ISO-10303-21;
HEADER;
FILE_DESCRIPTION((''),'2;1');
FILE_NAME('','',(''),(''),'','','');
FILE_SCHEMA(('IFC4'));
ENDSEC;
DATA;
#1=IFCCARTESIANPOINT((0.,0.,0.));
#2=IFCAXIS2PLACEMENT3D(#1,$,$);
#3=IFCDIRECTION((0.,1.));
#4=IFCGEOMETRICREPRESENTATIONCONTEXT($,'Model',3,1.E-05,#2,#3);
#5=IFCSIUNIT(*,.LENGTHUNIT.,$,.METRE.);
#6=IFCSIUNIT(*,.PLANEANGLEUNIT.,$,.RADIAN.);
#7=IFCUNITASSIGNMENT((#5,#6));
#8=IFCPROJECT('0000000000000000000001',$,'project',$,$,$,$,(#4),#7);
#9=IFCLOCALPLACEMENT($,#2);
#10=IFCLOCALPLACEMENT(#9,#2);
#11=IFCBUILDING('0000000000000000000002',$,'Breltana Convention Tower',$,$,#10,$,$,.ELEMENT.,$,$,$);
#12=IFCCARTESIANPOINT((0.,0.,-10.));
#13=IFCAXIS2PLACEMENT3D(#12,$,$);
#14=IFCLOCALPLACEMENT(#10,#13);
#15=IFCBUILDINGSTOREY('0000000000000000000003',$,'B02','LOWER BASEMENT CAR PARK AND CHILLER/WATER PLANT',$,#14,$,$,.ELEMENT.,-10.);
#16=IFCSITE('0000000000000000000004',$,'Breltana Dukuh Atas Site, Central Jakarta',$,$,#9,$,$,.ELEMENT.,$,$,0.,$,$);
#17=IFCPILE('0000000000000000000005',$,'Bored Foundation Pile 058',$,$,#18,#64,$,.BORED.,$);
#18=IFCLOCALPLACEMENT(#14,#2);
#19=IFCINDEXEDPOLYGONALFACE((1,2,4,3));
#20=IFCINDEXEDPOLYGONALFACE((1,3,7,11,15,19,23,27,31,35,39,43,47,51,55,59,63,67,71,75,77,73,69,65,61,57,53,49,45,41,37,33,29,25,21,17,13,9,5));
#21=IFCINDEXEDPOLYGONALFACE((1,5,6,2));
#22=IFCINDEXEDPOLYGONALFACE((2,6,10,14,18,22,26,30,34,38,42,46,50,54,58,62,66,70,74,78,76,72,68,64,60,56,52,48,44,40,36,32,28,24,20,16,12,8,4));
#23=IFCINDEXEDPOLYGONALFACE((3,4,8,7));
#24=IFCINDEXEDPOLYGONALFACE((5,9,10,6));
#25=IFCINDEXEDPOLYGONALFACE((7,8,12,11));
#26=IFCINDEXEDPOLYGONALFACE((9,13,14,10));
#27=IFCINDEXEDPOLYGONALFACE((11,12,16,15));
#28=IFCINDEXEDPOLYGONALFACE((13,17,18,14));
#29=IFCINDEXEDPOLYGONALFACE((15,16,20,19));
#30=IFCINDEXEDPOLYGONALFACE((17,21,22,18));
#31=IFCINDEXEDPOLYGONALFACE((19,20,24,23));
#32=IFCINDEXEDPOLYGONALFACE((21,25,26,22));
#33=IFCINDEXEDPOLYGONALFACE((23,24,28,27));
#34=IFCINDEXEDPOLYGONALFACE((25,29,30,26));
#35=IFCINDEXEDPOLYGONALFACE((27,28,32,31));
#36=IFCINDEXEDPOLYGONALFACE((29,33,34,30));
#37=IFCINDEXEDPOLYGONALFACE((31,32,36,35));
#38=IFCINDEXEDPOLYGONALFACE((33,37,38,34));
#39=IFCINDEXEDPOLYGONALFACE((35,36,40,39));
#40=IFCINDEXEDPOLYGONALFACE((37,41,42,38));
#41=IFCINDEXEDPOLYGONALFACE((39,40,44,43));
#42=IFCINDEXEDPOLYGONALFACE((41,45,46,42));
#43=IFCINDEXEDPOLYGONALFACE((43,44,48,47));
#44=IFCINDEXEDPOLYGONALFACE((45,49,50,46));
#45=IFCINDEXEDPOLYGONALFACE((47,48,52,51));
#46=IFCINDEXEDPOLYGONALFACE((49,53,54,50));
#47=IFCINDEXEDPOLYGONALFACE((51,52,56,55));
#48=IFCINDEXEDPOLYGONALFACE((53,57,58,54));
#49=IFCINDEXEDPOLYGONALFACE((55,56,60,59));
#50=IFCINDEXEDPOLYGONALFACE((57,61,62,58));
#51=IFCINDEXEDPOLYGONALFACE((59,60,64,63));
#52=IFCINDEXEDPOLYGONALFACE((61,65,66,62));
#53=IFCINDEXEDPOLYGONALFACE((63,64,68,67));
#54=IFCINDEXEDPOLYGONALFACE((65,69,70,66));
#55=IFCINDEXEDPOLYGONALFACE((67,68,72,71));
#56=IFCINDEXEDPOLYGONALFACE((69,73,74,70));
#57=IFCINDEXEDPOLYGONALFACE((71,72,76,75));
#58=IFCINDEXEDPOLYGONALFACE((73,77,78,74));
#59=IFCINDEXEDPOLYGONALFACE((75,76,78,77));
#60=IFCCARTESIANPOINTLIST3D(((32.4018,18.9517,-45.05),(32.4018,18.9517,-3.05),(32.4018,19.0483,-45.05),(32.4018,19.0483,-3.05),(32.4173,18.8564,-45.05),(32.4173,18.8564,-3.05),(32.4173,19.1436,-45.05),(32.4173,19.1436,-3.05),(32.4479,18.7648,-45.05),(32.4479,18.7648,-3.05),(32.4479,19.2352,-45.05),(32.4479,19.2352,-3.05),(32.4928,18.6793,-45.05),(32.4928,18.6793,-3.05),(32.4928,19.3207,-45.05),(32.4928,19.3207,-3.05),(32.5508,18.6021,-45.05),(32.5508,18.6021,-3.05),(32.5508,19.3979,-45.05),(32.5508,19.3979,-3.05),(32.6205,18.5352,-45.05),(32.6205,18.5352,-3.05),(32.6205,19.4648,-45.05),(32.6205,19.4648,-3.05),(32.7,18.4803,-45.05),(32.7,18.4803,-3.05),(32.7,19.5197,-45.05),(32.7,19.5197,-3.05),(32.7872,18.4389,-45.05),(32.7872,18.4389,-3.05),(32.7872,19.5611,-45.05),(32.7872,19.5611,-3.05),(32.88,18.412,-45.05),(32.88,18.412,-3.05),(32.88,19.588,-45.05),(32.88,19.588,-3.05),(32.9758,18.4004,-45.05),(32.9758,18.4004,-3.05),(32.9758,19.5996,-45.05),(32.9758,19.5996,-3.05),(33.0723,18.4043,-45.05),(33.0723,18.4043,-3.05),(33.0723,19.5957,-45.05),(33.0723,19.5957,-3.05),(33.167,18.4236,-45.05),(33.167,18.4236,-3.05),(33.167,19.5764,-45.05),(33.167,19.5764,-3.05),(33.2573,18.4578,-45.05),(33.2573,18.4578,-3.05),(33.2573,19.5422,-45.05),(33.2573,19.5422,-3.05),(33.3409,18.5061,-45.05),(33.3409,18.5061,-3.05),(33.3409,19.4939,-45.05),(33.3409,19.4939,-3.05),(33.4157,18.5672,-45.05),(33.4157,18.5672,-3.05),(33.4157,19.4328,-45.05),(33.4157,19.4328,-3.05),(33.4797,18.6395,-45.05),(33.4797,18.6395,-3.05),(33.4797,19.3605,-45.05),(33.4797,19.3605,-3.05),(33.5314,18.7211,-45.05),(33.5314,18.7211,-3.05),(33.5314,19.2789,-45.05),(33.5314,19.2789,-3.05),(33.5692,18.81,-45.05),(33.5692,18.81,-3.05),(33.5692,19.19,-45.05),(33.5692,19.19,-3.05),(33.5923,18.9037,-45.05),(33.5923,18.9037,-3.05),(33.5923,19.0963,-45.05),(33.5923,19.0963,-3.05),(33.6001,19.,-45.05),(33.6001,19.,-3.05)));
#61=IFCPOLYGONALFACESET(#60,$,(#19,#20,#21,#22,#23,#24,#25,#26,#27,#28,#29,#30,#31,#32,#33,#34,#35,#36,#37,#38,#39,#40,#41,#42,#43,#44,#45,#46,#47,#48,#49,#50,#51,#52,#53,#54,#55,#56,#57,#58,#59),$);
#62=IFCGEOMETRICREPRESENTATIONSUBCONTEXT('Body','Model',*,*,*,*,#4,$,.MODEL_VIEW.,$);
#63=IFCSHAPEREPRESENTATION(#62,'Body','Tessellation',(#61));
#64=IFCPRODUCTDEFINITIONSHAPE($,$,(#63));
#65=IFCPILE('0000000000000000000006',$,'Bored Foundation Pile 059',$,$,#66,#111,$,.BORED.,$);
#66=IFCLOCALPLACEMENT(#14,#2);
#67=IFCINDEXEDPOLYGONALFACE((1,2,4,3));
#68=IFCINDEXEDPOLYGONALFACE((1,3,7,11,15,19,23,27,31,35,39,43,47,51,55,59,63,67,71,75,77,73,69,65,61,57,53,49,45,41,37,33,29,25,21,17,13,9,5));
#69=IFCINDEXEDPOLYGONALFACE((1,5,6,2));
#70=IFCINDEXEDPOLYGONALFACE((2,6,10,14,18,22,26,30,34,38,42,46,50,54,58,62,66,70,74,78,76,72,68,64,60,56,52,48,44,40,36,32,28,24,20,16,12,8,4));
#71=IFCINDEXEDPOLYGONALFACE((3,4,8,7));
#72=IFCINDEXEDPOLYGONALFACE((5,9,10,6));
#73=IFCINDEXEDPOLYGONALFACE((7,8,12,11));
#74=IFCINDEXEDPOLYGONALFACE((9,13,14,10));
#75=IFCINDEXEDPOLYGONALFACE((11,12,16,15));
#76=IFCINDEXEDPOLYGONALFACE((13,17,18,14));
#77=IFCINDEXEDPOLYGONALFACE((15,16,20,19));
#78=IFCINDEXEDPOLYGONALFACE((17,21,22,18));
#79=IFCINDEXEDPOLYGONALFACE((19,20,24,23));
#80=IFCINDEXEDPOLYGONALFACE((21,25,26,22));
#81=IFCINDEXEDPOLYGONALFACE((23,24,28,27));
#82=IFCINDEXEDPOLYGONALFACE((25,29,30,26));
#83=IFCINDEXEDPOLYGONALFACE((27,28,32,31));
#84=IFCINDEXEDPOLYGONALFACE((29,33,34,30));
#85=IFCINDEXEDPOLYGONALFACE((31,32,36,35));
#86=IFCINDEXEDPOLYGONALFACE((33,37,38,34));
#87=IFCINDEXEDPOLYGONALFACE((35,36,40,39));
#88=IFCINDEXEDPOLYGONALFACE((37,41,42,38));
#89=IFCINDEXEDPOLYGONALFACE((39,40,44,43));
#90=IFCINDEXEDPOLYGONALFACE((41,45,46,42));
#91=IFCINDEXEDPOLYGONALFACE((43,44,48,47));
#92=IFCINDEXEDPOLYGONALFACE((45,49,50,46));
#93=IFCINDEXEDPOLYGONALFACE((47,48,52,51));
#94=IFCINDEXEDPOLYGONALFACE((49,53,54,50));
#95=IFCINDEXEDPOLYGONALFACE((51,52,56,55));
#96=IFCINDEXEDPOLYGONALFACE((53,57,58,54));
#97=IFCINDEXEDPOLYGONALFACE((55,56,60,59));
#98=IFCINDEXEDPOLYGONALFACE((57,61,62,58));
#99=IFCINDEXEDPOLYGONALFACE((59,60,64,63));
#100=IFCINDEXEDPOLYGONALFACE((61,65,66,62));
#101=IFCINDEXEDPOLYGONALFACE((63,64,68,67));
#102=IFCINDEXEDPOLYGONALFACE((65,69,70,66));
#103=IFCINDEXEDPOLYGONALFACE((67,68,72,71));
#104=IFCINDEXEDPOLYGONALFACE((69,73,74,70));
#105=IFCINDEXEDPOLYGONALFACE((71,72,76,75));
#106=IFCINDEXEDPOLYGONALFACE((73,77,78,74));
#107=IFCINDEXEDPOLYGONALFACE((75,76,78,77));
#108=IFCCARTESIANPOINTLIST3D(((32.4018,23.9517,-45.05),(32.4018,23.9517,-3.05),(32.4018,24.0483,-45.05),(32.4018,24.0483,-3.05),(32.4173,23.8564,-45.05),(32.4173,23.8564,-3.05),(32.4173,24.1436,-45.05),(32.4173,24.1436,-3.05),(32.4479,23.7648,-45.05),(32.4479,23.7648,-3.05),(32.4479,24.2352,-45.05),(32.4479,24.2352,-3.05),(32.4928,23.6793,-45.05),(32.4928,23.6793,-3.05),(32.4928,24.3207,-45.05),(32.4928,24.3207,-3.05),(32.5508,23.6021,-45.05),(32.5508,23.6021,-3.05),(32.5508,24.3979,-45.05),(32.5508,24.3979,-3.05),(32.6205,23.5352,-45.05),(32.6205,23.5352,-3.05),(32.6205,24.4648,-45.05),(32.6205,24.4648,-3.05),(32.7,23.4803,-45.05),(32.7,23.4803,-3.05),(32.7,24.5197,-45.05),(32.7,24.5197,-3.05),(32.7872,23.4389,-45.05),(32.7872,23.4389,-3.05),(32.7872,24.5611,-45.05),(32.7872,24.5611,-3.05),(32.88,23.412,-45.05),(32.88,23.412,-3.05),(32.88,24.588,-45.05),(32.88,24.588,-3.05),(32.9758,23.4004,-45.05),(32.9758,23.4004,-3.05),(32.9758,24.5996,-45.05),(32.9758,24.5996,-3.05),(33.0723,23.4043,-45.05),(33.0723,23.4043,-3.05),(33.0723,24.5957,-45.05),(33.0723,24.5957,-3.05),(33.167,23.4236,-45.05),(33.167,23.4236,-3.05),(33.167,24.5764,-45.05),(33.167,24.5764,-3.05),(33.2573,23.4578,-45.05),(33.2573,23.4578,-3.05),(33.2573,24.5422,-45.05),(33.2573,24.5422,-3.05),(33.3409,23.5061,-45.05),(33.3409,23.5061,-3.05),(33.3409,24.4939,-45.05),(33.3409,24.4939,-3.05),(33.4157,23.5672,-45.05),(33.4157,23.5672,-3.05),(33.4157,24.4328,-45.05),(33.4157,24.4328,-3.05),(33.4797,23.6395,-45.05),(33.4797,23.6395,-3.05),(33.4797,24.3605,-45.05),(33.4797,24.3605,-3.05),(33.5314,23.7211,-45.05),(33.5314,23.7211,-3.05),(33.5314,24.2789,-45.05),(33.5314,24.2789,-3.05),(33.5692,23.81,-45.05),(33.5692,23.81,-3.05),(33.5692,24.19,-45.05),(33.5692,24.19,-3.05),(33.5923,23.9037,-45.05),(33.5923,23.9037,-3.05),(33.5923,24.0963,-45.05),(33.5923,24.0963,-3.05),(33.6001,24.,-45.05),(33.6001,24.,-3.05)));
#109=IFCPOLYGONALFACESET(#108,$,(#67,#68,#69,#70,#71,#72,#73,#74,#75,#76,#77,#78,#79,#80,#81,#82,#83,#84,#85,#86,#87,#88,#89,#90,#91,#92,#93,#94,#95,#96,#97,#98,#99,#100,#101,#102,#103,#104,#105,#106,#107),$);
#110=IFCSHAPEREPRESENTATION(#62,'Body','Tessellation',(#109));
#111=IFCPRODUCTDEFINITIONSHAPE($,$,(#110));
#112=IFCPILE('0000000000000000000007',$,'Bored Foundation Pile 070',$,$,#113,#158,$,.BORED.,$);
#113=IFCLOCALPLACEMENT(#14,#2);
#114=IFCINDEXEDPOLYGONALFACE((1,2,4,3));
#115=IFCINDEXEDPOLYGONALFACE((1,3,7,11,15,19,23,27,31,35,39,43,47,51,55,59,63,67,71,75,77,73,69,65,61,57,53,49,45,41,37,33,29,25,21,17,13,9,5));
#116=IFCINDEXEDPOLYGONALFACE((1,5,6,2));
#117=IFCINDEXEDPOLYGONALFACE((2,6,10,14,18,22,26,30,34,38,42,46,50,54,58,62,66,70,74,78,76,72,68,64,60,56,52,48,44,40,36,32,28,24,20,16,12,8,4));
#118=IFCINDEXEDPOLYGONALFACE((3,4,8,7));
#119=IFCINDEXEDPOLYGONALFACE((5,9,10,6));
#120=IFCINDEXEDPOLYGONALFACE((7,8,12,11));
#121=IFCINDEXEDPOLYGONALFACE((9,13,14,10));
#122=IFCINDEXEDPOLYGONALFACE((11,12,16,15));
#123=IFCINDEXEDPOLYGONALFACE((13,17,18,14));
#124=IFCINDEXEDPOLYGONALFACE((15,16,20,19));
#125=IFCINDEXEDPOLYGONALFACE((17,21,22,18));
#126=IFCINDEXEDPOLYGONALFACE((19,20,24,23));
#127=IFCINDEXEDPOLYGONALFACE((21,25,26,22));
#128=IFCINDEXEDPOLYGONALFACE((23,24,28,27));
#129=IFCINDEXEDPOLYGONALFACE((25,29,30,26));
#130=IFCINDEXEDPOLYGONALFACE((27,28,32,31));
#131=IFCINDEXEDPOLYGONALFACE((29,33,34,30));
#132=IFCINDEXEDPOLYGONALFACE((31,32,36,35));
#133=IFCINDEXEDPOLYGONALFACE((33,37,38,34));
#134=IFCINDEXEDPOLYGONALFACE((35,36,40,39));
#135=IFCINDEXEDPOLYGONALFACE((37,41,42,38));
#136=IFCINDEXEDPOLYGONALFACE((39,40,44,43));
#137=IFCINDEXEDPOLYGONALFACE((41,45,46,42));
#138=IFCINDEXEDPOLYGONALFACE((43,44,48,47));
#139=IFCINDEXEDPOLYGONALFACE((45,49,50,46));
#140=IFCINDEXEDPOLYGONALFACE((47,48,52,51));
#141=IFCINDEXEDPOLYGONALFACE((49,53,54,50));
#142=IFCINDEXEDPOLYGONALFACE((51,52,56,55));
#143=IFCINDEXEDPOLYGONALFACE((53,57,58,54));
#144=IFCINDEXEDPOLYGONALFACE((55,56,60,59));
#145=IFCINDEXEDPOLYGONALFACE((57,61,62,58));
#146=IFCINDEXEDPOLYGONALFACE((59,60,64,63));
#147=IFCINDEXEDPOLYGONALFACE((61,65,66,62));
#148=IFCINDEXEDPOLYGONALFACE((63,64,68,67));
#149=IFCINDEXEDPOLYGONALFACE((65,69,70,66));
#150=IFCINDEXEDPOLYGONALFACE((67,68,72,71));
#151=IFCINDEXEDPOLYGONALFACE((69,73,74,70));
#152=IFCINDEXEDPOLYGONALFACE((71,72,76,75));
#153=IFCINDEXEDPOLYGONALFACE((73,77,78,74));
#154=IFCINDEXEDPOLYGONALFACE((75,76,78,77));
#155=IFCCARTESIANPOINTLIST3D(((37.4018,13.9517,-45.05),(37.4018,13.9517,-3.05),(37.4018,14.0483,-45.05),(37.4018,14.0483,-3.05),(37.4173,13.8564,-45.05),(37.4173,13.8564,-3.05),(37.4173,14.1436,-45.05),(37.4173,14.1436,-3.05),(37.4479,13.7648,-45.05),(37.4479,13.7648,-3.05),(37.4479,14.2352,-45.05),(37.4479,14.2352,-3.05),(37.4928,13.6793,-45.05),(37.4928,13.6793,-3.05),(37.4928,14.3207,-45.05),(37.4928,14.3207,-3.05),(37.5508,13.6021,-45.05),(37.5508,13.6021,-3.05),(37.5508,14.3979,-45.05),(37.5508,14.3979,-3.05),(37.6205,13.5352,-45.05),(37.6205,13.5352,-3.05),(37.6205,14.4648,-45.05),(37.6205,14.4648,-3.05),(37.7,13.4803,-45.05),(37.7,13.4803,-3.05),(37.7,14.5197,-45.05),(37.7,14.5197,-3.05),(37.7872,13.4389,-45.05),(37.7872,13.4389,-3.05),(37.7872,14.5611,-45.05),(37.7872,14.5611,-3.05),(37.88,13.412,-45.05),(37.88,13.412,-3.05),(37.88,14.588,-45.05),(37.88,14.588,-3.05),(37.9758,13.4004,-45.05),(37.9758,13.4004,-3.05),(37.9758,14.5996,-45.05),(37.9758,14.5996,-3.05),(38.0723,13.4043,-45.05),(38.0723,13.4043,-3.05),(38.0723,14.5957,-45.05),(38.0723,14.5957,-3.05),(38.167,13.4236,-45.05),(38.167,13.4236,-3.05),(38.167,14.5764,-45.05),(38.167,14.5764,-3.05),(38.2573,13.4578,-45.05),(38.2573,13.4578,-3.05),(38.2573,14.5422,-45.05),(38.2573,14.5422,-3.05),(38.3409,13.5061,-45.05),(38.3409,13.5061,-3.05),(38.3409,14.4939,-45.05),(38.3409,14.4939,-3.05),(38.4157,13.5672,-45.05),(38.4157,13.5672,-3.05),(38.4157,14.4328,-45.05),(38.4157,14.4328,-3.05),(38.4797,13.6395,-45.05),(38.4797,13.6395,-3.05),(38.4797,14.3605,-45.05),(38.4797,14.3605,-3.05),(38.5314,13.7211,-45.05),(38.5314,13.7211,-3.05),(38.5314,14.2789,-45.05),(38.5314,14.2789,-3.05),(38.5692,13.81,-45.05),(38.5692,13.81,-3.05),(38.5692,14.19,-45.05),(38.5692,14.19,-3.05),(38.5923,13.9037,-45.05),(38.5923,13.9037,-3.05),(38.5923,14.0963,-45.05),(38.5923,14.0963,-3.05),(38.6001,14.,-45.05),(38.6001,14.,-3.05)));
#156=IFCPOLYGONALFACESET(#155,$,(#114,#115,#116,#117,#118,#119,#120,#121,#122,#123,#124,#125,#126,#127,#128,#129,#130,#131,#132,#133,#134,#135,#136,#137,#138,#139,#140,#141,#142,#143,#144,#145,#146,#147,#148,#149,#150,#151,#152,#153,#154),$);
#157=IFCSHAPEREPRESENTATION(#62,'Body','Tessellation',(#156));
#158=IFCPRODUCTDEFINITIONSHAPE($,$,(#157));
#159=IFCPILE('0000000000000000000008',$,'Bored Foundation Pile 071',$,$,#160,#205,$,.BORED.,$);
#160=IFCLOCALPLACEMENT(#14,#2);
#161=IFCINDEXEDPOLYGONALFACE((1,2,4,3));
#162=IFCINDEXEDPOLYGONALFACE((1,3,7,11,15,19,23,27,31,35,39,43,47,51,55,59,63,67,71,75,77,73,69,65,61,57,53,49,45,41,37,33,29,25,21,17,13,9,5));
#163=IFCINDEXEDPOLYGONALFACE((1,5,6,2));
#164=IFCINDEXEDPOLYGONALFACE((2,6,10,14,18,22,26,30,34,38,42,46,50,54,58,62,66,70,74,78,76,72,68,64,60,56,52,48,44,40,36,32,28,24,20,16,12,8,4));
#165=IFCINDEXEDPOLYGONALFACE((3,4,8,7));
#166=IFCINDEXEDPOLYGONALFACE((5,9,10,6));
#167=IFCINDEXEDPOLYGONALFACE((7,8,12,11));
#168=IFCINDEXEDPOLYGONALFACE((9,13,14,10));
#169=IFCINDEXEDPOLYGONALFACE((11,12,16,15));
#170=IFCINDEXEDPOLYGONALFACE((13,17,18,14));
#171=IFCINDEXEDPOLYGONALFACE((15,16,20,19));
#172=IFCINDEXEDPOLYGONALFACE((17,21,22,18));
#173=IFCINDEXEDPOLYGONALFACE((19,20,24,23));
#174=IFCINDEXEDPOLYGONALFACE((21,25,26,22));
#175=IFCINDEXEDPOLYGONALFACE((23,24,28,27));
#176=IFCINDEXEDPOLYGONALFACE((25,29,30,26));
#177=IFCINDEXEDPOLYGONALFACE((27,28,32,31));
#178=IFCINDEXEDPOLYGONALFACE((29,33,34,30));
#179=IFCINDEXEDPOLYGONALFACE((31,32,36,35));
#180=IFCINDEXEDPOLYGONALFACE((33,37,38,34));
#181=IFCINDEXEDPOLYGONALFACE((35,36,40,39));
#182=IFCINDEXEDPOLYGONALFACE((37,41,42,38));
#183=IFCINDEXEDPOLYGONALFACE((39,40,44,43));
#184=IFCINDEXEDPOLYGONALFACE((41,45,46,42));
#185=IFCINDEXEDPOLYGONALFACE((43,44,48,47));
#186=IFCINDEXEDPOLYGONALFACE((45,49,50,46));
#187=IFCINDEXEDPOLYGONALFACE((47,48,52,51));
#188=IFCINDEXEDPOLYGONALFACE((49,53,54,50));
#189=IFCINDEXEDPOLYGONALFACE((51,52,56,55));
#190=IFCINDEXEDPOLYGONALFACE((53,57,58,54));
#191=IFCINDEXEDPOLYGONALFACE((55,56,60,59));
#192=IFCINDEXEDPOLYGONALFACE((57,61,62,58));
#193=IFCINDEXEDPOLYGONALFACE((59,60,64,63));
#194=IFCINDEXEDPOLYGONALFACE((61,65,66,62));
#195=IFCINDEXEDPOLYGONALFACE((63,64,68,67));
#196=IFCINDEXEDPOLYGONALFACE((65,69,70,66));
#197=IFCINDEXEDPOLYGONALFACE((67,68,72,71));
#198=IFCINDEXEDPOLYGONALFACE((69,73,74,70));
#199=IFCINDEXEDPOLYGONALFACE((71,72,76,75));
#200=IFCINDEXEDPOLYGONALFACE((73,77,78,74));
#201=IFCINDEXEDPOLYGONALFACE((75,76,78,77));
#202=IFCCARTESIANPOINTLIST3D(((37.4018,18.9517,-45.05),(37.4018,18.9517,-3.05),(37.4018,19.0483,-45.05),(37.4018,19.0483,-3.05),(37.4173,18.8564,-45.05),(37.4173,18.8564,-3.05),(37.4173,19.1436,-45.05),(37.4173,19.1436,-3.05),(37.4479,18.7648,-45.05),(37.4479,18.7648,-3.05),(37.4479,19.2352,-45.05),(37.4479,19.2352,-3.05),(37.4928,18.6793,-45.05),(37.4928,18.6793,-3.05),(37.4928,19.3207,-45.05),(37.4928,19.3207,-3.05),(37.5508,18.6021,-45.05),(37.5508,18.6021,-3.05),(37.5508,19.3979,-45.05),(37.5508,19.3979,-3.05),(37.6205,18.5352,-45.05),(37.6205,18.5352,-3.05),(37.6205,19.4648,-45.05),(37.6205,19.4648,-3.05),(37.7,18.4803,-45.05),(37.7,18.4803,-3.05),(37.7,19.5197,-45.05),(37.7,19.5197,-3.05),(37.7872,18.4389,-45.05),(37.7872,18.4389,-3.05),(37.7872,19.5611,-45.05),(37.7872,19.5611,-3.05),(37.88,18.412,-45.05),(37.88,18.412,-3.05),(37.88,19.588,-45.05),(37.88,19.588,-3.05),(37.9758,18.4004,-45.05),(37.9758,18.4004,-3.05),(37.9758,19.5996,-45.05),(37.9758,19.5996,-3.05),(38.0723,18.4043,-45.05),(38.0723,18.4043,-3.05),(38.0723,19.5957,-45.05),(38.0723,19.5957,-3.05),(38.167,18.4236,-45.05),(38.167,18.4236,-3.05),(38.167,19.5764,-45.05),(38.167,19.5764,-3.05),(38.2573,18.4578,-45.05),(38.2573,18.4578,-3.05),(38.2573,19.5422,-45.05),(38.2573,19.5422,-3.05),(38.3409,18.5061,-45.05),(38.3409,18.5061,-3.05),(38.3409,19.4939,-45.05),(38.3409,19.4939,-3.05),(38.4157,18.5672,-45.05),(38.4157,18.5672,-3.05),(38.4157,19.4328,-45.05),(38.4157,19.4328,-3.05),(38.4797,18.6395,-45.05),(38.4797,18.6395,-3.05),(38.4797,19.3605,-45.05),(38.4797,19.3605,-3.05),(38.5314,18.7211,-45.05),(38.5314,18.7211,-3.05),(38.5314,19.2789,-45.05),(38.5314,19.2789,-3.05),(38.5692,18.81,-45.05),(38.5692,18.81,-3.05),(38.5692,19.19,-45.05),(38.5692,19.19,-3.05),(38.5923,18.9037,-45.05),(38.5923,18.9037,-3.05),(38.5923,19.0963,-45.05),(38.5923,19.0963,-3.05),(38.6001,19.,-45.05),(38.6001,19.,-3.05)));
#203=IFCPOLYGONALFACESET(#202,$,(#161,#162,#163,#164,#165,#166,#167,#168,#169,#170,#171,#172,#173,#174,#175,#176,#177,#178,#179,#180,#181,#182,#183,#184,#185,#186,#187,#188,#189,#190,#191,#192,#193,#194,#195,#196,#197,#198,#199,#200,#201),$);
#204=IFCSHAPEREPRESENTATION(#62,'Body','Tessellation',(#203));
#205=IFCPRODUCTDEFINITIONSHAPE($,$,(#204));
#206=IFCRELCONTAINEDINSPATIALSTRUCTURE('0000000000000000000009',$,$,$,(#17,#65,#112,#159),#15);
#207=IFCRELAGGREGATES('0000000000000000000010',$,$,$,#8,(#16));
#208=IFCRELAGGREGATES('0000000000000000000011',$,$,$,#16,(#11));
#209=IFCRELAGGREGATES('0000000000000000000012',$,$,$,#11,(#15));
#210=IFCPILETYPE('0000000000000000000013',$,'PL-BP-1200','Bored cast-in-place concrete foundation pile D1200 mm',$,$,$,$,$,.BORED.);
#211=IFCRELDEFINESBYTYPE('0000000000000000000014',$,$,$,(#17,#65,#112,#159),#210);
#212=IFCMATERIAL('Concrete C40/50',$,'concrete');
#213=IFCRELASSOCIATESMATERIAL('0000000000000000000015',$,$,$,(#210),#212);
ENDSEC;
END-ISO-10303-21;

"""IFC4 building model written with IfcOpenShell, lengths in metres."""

from ifc_helpers import new_model, si_unit, direction, frame, origin, origin_2d, place, context, subcontext, project, spatial, circle, extrude, source, transform, mapped, material, material_profile, profile_set, type_object, type_shapes, element, save


model = new_model("IFC4")

# Units and contexts
model_context = context("Model", 3, precision=1e-05, world=origin(), true_north=direction((0.0, 1.0)))
body_context = subcontext(model_context, "Body", "Model", "MODEL_VIEW")
ifc_project = project(units=[si_unit("LENGTHUNIT", "METRE"), si_unit("PLANEANGLEUNIT", "RADIAN")], contexts=[model_context])

# Site, building, storey
site_placement = place(None, origin())
site = spatial("IfcSite", under=ifc_project, at=site_placement, Name="Breltana Dukuh Atas Site, Central Jakarta", CompositionType="ELEMENT", RefElevation=0.0)
building_placement = place(site_placement, origin())
building = spatial("IfcBuilding", under=site, at=building_placement, Name="Breltana Convention Tower", CompositionType="ELEMENT")
storey_placement = place(building_placement, frame((0.0, 0.0, -10.0)))
storey = spatial("IfcBuildingStorey", under=building, at=storey_placement, Name="B02", Description="LOWER BASEMENT CAR PARK AND CHILLER/WATER PLANT", CompositionType="ELEMENT", Elevation=-10.0)

# Piles
ifc_material_1 = material(Name="Concrete C40/50", Category="concrete")
ifc_material_profile_1 = material_profile(ifc_material_1, circle(Radius=0.6001, at=origin_2d()), Name="BP-D1200")
ifc_profile_set_1 = profile_set([ifc_material_profile_1], Name="Concrete C40/50")
pile_type = type_object("IfcPileType", Name="PL-BP-1200", Description="Bored cast-in-place concrete foundation pile D1200 mm", PredefinedType="BORED", material=ifc_profile_set_1)
shared_shape_1 = source(origin(), body_context, "Body", "SweptSolid", [
    extrude(circle(Radius=0.6001, at=origin_2d()), origin(), (0.0, 0.0, 1.0), 42.0),
])
type_shapes(pile_type, [shared_shape_1])
for number, where, z_axis, x_axis, name in (
    (1, (33.0, 19.0, -3.05), (0.0, 0.0, -1.0), (1.0, 0.0, 0.0), "Bored Foundation Pile 058"),
    (2, (33.0, 24.0, -3.05), (0.0, 0.0, -1.0), (1.0, 0.0, 0.0), "Bored Foundation Pile 059"),
    (3, (38.0, 14.0, -3.05), (0.0, 0.0, -1.0), (1.0, 0.0, 0.0), "Bored Foundation Pile 070"),
    (4, (38.0, 19.0, -3.05), (0.0, 0.0, -1.0), (1.0, 0.0, 0.0), "Bored Foundation Pile 071"),
):
    element("IfcPile", number, at=place(storey_placement, frame(where, z_axis=z_axis, x_axis=x_axis)), inside=storey, type_object=pile_type, Name=name, PredefinedType="BORED", context=body_context, shape_type="MappedRepresentation", body=[
        mapped(shared_shape_1, transform((0.0, 0.0, 0.0), scale=1.0)),
    ])

save(model, "model.ifc")
